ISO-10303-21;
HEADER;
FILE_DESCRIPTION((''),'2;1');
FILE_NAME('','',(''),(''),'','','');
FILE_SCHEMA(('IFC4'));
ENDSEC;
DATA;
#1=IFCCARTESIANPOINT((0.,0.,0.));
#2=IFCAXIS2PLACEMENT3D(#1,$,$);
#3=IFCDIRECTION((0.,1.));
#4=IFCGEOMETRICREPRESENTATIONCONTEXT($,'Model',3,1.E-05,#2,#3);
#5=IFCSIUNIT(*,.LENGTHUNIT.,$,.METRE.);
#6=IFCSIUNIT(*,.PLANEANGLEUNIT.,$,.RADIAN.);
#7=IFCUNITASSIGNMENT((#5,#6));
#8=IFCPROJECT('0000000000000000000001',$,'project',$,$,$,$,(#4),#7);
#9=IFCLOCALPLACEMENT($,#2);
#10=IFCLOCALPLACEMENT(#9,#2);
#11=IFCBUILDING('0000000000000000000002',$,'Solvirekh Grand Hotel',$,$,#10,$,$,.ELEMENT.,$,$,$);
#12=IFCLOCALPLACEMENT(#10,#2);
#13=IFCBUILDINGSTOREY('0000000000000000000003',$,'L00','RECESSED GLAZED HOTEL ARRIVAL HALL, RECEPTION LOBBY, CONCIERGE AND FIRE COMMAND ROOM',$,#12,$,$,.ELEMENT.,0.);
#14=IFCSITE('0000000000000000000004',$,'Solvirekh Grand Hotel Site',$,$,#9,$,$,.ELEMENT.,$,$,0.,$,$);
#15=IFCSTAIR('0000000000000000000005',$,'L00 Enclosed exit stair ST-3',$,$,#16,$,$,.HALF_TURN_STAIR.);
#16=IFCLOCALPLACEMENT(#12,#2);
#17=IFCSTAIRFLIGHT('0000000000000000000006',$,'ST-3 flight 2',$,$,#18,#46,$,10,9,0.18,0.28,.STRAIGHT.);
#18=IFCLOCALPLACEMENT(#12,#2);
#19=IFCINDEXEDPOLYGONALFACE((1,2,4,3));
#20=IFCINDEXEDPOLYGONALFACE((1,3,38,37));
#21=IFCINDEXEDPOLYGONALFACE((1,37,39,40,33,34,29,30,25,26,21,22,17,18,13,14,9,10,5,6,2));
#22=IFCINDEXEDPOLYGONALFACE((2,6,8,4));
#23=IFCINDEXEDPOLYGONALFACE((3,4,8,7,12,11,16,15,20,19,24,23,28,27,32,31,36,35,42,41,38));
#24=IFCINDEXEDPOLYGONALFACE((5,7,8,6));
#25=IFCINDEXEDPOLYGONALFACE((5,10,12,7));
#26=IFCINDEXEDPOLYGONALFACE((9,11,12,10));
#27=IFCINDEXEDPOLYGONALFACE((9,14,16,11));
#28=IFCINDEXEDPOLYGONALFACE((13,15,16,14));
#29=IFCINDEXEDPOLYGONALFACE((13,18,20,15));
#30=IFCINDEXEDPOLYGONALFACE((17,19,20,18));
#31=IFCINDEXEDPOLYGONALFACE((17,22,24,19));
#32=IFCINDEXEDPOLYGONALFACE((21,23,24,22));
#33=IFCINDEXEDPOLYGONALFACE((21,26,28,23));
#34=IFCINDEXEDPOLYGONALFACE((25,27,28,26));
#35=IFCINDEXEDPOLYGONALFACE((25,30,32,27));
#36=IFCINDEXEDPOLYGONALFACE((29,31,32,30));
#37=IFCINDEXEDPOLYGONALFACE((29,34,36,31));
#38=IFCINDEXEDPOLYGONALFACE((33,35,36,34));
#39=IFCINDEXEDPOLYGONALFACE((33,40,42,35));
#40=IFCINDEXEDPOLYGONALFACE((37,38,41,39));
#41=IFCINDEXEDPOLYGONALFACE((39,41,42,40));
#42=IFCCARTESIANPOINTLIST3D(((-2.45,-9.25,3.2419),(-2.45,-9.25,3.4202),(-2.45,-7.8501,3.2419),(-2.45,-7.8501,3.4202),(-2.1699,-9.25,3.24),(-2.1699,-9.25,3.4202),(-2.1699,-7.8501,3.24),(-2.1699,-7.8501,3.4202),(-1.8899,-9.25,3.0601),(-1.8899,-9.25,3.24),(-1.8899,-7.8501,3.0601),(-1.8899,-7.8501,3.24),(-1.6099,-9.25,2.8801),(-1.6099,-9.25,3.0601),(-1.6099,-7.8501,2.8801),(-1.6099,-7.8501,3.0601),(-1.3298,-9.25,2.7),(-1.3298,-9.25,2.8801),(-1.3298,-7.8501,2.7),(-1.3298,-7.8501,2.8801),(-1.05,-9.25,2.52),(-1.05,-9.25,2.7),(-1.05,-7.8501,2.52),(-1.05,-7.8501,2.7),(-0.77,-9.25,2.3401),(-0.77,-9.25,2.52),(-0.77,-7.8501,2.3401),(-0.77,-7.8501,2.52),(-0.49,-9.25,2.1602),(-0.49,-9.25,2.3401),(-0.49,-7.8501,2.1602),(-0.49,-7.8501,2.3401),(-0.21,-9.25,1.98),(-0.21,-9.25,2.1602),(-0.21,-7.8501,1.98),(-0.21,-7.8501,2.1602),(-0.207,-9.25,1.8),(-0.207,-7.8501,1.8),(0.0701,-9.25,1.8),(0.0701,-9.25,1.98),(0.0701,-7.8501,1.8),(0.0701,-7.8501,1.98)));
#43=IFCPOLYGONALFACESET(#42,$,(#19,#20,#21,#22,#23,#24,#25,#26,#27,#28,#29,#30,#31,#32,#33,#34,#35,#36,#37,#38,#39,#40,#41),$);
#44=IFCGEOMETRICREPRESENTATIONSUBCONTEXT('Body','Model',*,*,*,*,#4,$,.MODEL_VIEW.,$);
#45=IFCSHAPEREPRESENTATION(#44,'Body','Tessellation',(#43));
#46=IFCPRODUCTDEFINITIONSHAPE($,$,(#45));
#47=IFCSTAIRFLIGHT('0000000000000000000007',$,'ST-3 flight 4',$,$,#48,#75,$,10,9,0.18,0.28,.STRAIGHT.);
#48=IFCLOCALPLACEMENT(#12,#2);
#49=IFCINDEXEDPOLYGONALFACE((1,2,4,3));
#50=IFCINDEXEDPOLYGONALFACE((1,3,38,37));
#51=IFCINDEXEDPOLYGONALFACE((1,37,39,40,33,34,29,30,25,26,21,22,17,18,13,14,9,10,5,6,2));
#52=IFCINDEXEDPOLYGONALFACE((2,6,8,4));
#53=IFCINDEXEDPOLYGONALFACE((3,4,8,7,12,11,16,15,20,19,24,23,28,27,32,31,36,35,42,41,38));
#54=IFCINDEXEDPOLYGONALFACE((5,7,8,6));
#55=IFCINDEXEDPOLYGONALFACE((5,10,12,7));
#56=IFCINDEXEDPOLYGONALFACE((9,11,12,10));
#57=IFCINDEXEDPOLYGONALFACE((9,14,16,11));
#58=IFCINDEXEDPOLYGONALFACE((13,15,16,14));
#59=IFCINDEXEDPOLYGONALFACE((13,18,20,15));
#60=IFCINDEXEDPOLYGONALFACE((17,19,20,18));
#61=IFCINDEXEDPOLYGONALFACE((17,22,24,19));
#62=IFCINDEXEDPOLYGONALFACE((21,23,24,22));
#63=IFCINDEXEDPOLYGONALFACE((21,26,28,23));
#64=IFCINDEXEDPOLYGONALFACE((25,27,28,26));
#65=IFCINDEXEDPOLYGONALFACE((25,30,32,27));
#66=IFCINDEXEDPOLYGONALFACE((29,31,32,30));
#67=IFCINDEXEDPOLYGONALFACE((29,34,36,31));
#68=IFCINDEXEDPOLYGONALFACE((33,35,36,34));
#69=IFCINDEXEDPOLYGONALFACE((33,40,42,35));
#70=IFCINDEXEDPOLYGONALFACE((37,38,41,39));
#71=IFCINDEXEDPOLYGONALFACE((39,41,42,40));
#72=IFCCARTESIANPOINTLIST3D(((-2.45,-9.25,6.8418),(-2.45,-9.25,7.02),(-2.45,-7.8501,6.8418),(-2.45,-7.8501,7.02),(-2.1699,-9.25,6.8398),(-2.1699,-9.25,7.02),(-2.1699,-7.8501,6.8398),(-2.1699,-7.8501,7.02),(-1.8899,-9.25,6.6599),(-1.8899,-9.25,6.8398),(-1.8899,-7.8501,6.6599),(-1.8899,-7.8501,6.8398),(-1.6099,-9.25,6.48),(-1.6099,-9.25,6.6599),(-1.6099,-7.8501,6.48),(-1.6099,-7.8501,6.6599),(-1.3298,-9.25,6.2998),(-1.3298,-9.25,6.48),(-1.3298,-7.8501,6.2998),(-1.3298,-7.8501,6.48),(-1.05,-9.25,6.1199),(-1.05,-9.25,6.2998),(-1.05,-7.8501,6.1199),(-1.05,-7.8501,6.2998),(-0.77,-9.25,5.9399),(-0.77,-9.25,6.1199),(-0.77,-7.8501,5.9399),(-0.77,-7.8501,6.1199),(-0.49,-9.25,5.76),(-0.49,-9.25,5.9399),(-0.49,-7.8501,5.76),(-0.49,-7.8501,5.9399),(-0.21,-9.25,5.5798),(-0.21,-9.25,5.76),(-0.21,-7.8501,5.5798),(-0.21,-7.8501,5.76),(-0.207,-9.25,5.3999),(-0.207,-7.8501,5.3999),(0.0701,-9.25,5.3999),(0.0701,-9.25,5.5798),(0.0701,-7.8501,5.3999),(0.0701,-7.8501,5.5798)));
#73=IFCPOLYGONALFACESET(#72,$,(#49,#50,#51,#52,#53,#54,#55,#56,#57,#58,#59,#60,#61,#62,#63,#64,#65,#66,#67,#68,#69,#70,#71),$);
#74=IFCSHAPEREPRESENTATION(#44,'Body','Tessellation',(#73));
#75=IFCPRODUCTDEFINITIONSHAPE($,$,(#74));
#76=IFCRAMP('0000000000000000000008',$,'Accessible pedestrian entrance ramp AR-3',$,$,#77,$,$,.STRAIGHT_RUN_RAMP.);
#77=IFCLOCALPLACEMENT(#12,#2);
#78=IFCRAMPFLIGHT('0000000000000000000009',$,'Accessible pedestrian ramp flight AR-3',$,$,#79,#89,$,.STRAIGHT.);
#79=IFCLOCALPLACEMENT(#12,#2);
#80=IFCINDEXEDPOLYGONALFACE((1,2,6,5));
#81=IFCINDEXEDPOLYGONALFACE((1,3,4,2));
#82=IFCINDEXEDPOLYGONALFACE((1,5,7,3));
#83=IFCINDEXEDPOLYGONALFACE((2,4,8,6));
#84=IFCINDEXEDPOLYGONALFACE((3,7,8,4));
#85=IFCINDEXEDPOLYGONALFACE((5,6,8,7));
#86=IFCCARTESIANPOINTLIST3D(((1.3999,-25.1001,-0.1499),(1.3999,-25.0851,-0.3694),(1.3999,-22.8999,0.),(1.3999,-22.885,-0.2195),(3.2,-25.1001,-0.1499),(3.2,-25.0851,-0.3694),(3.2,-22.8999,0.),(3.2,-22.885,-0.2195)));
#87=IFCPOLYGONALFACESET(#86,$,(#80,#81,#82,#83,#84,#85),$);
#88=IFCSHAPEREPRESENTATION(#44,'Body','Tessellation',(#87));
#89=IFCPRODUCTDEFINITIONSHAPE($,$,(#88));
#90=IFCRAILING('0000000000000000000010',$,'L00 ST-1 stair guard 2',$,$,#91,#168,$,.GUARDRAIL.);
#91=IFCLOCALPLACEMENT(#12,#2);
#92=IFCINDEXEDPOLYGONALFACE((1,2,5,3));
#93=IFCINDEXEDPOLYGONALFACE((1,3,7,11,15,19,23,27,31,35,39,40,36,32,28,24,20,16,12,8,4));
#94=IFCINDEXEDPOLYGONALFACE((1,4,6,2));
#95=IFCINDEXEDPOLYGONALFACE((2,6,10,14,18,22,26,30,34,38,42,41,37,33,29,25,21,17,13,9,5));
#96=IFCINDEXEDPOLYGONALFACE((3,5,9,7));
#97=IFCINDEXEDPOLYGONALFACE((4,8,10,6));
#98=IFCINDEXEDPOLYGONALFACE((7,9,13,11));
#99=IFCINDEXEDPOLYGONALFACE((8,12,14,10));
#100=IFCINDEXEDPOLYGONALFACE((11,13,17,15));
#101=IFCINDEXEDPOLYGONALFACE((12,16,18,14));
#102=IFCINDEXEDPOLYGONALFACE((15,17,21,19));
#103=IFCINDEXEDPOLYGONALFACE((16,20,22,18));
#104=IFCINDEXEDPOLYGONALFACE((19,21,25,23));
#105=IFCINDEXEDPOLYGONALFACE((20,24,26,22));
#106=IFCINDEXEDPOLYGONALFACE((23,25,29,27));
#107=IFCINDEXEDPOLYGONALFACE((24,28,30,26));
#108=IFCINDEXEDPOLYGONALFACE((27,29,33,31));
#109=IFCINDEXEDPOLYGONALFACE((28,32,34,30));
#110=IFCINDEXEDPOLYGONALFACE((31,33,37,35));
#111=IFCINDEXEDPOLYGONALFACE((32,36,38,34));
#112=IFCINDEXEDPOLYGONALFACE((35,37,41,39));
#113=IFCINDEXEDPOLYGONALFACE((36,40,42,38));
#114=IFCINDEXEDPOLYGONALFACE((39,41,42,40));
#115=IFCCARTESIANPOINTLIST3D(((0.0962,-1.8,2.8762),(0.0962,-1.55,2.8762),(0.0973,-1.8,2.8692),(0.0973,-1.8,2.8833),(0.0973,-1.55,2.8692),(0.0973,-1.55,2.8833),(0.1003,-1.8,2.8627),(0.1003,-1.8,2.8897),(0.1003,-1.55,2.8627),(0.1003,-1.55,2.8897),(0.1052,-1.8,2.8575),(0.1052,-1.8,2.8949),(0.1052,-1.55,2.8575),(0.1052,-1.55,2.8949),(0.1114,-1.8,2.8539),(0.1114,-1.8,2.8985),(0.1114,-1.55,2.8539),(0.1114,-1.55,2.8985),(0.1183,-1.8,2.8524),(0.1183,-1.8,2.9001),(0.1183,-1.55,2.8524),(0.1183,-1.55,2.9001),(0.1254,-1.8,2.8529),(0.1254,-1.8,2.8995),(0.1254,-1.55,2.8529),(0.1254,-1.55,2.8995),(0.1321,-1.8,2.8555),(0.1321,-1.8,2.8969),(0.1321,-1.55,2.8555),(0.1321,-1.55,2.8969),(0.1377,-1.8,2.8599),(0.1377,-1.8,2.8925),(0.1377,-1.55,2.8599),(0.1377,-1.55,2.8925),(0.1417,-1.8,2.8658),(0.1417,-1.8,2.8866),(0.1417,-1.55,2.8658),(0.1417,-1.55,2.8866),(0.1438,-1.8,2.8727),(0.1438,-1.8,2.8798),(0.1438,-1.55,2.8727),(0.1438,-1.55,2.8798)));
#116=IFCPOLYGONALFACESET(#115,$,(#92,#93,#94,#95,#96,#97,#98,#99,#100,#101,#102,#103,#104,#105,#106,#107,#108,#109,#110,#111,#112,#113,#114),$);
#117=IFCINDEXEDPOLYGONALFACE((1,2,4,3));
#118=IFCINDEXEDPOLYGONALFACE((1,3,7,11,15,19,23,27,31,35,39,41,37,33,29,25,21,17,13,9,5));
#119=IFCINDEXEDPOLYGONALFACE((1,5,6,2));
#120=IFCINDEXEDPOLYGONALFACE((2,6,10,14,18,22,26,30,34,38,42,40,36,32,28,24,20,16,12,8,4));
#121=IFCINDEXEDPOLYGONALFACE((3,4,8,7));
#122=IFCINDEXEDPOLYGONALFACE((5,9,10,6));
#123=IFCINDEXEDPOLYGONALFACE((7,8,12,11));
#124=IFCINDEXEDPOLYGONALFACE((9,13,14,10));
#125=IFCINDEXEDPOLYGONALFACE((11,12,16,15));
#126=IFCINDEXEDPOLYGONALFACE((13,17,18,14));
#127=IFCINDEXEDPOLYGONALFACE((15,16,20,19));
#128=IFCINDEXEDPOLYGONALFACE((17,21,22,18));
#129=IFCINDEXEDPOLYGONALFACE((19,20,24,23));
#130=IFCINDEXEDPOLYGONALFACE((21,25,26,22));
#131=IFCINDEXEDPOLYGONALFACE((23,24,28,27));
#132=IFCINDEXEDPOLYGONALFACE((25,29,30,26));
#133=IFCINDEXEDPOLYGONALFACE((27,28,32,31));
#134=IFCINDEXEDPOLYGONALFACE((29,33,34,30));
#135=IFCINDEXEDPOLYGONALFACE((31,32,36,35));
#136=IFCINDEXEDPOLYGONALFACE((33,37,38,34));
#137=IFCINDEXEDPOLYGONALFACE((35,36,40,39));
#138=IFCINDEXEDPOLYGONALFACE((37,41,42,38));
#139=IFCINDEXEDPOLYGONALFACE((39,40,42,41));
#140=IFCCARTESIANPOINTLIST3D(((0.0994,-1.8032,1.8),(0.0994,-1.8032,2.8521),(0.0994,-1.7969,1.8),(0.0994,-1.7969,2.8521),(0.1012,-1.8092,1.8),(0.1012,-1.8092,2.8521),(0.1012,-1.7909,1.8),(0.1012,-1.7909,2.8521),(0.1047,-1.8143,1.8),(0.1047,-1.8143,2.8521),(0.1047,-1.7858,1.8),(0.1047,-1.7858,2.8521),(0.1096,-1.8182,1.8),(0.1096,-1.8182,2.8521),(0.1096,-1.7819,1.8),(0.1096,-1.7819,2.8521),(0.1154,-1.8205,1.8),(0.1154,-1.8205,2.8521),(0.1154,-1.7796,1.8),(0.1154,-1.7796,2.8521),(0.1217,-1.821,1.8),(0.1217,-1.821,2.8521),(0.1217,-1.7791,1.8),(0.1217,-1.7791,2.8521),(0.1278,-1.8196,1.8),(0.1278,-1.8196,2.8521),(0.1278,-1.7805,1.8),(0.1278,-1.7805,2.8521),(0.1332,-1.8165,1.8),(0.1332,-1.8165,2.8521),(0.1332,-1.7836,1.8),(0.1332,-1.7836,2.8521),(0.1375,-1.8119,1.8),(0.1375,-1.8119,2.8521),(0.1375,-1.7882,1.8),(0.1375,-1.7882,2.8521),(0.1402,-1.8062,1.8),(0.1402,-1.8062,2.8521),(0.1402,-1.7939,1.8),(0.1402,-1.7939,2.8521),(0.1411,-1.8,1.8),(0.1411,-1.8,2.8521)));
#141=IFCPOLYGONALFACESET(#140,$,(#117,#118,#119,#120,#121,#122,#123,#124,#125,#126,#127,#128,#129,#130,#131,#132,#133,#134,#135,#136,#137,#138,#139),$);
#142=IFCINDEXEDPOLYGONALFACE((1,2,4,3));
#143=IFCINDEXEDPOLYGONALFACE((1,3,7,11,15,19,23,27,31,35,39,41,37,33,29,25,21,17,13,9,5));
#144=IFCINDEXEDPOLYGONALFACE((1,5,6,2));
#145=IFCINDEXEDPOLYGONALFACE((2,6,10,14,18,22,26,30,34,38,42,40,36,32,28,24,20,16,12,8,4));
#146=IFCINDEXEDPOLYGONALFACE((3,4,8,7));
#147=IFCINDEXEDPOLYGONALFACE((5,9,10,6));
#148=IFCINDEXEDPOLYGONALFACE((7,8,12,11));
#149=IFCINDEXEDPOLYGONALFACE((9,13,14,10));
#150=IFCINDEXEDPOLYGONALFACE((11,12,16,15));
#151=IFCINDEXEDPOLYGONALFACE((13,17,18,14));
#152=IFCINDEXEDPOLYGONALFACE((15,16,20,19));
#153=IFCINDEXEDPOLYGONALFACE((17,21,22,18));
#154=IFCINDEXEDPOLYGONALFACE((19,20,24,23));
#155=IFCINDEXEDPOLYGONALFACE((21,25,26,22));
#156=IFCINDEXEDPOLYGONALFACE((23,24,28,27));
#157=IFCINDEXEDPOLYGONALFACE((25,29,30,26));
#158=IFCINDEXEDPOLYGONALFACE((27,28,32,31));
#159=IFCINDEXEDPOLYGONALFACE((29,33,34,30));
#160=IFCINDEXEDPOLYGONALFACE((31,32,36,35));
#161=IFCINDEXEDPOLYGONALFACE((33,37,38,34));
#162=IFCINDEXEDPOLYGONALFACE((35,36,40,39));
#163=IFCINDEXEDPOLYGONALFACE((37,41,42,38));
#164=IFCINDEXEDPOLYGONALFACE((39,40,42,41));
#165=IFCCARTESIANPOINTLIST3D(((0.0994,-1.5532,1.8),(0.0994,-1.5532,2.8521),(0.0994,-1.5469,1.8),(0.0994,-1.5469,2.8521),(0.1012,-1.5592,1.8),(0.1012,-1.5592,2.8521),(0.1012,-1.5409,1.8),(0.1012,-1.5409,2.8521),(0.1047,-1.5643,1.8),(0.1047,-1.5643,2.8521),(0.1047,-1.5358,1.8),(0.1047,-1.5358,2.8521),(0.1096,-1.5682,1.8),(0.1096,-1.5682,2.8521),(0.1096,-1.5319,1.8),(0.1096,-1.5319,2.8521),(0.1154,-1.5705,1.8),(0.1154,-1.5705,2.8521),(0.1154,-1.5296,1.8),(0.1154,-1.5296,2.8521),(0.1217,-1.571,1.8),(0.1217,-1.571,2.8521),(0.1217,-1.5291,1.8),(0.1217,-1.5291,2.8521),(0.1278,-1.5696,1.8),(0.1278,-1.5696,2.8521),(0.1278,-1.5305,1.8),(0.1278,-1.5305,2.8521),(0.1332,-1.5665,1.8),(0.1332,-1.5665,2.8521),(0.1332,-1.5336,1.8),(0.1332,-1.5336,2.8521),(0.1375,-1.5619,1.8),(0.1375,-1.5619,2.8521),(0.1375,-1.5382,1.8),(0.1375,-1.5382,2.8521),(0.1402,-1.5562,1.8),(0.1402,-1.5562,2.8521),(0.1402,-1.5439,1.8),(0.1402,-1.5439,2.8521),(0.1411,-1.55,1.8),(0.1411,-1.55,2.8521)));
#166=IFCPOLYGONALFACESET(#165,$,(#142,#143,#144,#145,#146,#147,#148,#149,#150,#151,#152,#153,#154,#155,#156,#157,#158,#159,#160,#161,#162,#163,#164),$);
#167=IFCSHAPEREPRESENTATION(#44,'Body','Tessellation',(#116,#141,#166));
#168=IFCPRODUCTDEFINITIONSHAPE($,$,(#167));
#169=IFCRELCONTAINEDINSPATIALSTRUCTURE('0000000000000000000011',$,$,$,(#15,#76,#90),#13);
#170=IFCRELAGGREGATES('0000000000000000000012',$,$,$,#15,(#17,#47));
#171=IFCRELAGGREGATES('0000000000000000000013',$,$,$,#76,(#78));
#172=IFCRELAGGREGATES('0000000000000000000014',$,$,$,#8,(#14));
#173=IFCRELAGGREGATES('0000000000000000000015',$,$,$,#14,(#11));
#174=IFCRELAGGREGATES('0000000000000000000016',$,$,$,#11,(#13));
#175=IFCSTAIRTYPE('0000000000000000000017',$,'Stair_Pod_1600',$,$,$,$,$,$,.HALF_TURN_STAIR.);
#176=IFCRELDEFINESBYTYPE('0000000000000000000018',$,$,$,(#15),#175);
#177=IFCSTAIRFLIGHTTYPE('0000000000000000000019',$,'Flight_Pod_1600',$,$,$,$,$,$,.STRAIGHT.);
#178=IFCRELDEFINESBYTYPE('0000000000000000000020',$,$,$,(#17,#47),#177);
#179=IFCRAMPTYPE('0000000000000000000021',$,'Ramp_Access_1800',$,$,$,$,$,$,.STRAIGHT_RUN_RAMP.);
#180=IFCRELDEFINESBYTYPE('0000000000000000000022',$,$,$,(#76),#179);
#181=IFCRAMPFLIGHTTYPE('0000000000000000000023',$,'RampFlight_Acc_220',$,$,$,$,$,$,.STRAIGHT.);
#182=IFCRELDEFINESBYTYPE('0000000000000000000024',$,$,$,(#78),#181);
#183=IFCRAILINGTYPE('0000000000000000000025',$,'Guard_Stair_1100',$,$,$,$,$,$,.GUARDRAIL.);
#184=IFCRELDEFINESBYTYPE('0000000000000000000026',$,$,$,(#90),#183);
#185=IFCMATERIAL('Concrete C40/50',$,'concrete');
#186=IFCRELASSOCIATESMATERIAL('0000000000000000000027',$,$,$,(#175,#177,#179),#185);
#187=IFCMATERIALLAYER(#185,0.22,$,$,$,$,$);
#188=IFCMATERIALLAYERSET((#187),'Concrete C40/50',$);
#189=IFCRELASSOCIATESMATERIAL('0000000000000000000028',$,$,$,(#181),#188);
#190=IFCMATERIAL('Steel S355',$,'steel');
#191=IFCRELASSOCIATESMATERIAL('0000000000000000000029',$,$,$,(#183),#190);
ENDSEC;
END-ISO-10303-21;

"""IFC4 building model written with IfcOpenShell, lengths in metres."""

from ifc_helpers import new_model, si_unit, direction, frame, origin, origin_2d, place, context, subcontext, project, spatial, polyline, circle, outline, extrude, material, layer, layer_set, type_object, element, aggregate, save


model = new_model("IFC4")

# Units and contexts
model_context = context("Model", 3, precision=1e-05, world=origin(), true_north=direction((0.0, 1.0)))
body_context = subcontext(model_context, "Body", "Model", "MODEL_VIEW")
ifc_project = project(units=[si_unit("LENGTHUNIT", "METRE"), si_unit("PLANEANGLEUNIT", "RADIAN")], contexts=[model_context])

# Site, building, storey
site_placement = place(None, origin())
site = spatial("IfcSite", under=ifc_project, at=site_placement, Name="Solvirekh Grand Hotel Site", CompositionType="ELEMENT", RefElevation=0.0)
building_placement = place(site_placement, origin())
building = spatial("IfcBuilding", under=site, at=building_placement, Name="Solvirekh Grand Hotel", CompositionType="ELEMENT")
storey_placement = place(building_placement, origin())
storey = spatial("IfcBuildingStorey", under=building, at=storey_placement, Name="L00", Description="RECESSED GLAZED HOTEL ARRIVAL HALL, RECEPTION LOBBY, CONCIERGE AND FIRE COMMAND ROOM", CompositionType="ELEMENT", Elevation=0.0)

# Shared definitions
ifc_material_1 = material(Name="Steel S355", Category="steel")

# Shared definitions
ifc_material_2 = material(Name="Concrete C40/50", Category="concrete")

# Stair, stair flights
stair_type = type_object("IfcStairType", Name="Stair_Pod_1600", PredefinedType="HALF_TURN_STAIR", material=ifc_material_2)
stair_placement = place(storey_placement, origin())
stair = element("IfcStair", 1, at=stair_placement, inside=storey, type_object=stair_type, Name="L00 Enclosed exit stair ST-3", PredefinedType="HALF_TURN_STAIR")
stair_flight_type = type_object("IfcStairFlightType", Name="Flight_Pod_1600", PredefinedType="STRAIGHT", material=ifc_material_2)
stair_flight_1_placement = place(storey_placement, frame((0.0701, -8.55, 1.8), z_axis=(0.0, 0.0, 1.0), x_axis=(-1.0, 0.0, 0.0)))
stair_flight_1 = element("IfcStairFlight", 2, at=stair_flight_1_placement, type_object=stair_flight_type, Name="ST-3 flight 2", NumberOfRisers=10, NumberOfTreads=9, PredefinedType="STRAIGHT", RiserHeight=0.18, TreadLength=0.28, context=body_context, shape_type="SweptSolid", body=[
    extrude(outline(polyline([(0.0, 0.0), (0.0, 0.1799), (0.28, 0.1799), (0.28, 0.3601), (0.5601, 0.3601), (0.5601, 0.54), (0.8401, 0.54), (0.8401, 0.72), (1.1201, 0.72), (1.1201, 0.8999), (1.3999, 0.8999), (1.3999, 1.0801), (1.6799, 1.0801), (1.6799, 1.26), (1.96, 1.26), (1.96, 1.4399), (2.24, 1.4399), (2.24, 1.6201), (2.52, 1.6201), (2.52, 1.8), (2.52, 1.4419), (0.2771, 0.0), (0.0, 0.0)])), frame((0.0, 0.7, 0.0), z_axis=(0.0, -1.0, 0.0), x_axis=(1.0, 0.0, 0.0)), (0.0, 0.0, 1.0), 1.3999),
])
stair_flight_2_placement = place(storey_placement, frame((0.0701, -8.55, 5.3999), z_axis=(0.0, 0.0, 1.0), x_axis=(-1.0, 0.0, 0.0)))
stair_flight_2 = element("IfcStairFlight", 3, at=stair_flight_2_placement, type_object=stair_flight_type, Name="ST-3 flight 4", NumberOfRisers=10, NumberOfTreads=9, PredefinedType="STRAIGHT", RiserHeight=0.18, TreadLength=0.28, context=body_context, shape_type="SweptSolid", body=[
    extrude(outline(polyline([(0.0, 0.0), (0.0, 0.1799), (0.28, 0.1799), (0.28, 0.3601), (0.5601, 0.3601), (0.5601, 0.54), (0.8401, 0.54), (0.8401, 0.72), (1.1201, 0.72), (1.1201, 0.8999), (1.3999, 0.8999), (1.3999, 1.0801), (1.6799, 1.0801), (1.6799, 1.26), (1.96, 1.26), (1.96, 1.4399), (2.24, 1.4399), (2.24, 1.6201), (2.52, 1.6201), (2.52, 1.8), (2.52, 1.4419), (0.2771, 0.0), (0.0, 0.0)])), frame((0.0, 0.7, 0.0), z_axis=(0.0, -1.0, 0.0), x_axis=(1.0, 0.0, 0.0)), (0.0, 0.0, 1.0), 1.3999),
])
aggregate(stair, [stair_flight_1, stair_flight_2])

# Ramp, ramp flight
ramp_type = type_object("IfcRampType", Name="Ramp_Access_1800", PredefinedType="STRAIGHT_RUN_RAMP", material=ifc_material_2)
ramp_placement = place(storey_placement, origin())
ramp = element("IfcRamp", 4, at=ramp_placement, inside=storey, type_object=ramp_type, Name="Accessible pedestrian entrance ramp AR-3", PredefinedType="STRAIGHT_RUN_RAMP")
ifc_layer_1 = layer(ifc_material_2, 0.22)
ifc_layer_set_1 = layer_set([ifc_layer_1], Name="Concrete C40/50")
ramp_flight_type = type_object("IfcRampFlightType", Name="RampFlight_Acc_220", PredefinedType="STRAIGHT", material=ifc_layer_set_1)
ramp_flight_placement = place(storey_placement, frame((1.3999, -25.1001, -0.1499), z_axis=(0.0, -0.067974, 0.997687), x_axis=(1.0, 0.0, 0.0)))
ramp_flight = element("IfcRampFlight", 5, at=ramp_flight_placement, type_object=ramp_flight_type, Name="Accessible pedestrian ramp flight AR-3", PredefinedType="STRAIGHT", context=body_context, shape_type="SweptSolid", body=[
    extrude(outline(polyline([(0.0, 0.0), (1.8, 0.0), (1.8, 2.2053), (0.0, 2.2053), (0.0, 0.0)])), origin(), (0.0, 0.0, -1.0), 0.22),
])
aggregate(ramp, [ramp_flight])

# Railing
railing_type_1 = type_object("IfcRailingType", Name="Guard_Stair_1100", PredefinedType="GUARDRAIL", material=ifc_material_1)
for number, where, name in (
    (6, (0.1201, -1.8, 1.8), "L00 ST-1 stair guard 2"),
):
    element("IfcRailing", number, at=place(storey_placement, frame(where)), inside=storey, type_object=railing_type_1, Name=name, PredefinedType="GUARDRAIL", context=body_context, shape_type="SweptSolid", body=[
        extrude(circle(Radius=0.0239, at=origin_2d()), frame((0.0, 0.0, 1.0762), z_axis=(0.0, 1.0, 0.0), x_axis=(-1.0, 0.0, 0.0)), (0.0, 0.0, 1.0), 0.25),
        extrude(circle(Radius=0.021, at=origin_2d()), origin(), (0.0, 0.0, 1.0), 1.052),
        extrude(circle(Radius=0.021, at=origin_2d()), frame((0.0, 0.25, 0.0)), (0.0, 0.0, 1.0), 1.052),
    ])

save(model, "model.ifc")
